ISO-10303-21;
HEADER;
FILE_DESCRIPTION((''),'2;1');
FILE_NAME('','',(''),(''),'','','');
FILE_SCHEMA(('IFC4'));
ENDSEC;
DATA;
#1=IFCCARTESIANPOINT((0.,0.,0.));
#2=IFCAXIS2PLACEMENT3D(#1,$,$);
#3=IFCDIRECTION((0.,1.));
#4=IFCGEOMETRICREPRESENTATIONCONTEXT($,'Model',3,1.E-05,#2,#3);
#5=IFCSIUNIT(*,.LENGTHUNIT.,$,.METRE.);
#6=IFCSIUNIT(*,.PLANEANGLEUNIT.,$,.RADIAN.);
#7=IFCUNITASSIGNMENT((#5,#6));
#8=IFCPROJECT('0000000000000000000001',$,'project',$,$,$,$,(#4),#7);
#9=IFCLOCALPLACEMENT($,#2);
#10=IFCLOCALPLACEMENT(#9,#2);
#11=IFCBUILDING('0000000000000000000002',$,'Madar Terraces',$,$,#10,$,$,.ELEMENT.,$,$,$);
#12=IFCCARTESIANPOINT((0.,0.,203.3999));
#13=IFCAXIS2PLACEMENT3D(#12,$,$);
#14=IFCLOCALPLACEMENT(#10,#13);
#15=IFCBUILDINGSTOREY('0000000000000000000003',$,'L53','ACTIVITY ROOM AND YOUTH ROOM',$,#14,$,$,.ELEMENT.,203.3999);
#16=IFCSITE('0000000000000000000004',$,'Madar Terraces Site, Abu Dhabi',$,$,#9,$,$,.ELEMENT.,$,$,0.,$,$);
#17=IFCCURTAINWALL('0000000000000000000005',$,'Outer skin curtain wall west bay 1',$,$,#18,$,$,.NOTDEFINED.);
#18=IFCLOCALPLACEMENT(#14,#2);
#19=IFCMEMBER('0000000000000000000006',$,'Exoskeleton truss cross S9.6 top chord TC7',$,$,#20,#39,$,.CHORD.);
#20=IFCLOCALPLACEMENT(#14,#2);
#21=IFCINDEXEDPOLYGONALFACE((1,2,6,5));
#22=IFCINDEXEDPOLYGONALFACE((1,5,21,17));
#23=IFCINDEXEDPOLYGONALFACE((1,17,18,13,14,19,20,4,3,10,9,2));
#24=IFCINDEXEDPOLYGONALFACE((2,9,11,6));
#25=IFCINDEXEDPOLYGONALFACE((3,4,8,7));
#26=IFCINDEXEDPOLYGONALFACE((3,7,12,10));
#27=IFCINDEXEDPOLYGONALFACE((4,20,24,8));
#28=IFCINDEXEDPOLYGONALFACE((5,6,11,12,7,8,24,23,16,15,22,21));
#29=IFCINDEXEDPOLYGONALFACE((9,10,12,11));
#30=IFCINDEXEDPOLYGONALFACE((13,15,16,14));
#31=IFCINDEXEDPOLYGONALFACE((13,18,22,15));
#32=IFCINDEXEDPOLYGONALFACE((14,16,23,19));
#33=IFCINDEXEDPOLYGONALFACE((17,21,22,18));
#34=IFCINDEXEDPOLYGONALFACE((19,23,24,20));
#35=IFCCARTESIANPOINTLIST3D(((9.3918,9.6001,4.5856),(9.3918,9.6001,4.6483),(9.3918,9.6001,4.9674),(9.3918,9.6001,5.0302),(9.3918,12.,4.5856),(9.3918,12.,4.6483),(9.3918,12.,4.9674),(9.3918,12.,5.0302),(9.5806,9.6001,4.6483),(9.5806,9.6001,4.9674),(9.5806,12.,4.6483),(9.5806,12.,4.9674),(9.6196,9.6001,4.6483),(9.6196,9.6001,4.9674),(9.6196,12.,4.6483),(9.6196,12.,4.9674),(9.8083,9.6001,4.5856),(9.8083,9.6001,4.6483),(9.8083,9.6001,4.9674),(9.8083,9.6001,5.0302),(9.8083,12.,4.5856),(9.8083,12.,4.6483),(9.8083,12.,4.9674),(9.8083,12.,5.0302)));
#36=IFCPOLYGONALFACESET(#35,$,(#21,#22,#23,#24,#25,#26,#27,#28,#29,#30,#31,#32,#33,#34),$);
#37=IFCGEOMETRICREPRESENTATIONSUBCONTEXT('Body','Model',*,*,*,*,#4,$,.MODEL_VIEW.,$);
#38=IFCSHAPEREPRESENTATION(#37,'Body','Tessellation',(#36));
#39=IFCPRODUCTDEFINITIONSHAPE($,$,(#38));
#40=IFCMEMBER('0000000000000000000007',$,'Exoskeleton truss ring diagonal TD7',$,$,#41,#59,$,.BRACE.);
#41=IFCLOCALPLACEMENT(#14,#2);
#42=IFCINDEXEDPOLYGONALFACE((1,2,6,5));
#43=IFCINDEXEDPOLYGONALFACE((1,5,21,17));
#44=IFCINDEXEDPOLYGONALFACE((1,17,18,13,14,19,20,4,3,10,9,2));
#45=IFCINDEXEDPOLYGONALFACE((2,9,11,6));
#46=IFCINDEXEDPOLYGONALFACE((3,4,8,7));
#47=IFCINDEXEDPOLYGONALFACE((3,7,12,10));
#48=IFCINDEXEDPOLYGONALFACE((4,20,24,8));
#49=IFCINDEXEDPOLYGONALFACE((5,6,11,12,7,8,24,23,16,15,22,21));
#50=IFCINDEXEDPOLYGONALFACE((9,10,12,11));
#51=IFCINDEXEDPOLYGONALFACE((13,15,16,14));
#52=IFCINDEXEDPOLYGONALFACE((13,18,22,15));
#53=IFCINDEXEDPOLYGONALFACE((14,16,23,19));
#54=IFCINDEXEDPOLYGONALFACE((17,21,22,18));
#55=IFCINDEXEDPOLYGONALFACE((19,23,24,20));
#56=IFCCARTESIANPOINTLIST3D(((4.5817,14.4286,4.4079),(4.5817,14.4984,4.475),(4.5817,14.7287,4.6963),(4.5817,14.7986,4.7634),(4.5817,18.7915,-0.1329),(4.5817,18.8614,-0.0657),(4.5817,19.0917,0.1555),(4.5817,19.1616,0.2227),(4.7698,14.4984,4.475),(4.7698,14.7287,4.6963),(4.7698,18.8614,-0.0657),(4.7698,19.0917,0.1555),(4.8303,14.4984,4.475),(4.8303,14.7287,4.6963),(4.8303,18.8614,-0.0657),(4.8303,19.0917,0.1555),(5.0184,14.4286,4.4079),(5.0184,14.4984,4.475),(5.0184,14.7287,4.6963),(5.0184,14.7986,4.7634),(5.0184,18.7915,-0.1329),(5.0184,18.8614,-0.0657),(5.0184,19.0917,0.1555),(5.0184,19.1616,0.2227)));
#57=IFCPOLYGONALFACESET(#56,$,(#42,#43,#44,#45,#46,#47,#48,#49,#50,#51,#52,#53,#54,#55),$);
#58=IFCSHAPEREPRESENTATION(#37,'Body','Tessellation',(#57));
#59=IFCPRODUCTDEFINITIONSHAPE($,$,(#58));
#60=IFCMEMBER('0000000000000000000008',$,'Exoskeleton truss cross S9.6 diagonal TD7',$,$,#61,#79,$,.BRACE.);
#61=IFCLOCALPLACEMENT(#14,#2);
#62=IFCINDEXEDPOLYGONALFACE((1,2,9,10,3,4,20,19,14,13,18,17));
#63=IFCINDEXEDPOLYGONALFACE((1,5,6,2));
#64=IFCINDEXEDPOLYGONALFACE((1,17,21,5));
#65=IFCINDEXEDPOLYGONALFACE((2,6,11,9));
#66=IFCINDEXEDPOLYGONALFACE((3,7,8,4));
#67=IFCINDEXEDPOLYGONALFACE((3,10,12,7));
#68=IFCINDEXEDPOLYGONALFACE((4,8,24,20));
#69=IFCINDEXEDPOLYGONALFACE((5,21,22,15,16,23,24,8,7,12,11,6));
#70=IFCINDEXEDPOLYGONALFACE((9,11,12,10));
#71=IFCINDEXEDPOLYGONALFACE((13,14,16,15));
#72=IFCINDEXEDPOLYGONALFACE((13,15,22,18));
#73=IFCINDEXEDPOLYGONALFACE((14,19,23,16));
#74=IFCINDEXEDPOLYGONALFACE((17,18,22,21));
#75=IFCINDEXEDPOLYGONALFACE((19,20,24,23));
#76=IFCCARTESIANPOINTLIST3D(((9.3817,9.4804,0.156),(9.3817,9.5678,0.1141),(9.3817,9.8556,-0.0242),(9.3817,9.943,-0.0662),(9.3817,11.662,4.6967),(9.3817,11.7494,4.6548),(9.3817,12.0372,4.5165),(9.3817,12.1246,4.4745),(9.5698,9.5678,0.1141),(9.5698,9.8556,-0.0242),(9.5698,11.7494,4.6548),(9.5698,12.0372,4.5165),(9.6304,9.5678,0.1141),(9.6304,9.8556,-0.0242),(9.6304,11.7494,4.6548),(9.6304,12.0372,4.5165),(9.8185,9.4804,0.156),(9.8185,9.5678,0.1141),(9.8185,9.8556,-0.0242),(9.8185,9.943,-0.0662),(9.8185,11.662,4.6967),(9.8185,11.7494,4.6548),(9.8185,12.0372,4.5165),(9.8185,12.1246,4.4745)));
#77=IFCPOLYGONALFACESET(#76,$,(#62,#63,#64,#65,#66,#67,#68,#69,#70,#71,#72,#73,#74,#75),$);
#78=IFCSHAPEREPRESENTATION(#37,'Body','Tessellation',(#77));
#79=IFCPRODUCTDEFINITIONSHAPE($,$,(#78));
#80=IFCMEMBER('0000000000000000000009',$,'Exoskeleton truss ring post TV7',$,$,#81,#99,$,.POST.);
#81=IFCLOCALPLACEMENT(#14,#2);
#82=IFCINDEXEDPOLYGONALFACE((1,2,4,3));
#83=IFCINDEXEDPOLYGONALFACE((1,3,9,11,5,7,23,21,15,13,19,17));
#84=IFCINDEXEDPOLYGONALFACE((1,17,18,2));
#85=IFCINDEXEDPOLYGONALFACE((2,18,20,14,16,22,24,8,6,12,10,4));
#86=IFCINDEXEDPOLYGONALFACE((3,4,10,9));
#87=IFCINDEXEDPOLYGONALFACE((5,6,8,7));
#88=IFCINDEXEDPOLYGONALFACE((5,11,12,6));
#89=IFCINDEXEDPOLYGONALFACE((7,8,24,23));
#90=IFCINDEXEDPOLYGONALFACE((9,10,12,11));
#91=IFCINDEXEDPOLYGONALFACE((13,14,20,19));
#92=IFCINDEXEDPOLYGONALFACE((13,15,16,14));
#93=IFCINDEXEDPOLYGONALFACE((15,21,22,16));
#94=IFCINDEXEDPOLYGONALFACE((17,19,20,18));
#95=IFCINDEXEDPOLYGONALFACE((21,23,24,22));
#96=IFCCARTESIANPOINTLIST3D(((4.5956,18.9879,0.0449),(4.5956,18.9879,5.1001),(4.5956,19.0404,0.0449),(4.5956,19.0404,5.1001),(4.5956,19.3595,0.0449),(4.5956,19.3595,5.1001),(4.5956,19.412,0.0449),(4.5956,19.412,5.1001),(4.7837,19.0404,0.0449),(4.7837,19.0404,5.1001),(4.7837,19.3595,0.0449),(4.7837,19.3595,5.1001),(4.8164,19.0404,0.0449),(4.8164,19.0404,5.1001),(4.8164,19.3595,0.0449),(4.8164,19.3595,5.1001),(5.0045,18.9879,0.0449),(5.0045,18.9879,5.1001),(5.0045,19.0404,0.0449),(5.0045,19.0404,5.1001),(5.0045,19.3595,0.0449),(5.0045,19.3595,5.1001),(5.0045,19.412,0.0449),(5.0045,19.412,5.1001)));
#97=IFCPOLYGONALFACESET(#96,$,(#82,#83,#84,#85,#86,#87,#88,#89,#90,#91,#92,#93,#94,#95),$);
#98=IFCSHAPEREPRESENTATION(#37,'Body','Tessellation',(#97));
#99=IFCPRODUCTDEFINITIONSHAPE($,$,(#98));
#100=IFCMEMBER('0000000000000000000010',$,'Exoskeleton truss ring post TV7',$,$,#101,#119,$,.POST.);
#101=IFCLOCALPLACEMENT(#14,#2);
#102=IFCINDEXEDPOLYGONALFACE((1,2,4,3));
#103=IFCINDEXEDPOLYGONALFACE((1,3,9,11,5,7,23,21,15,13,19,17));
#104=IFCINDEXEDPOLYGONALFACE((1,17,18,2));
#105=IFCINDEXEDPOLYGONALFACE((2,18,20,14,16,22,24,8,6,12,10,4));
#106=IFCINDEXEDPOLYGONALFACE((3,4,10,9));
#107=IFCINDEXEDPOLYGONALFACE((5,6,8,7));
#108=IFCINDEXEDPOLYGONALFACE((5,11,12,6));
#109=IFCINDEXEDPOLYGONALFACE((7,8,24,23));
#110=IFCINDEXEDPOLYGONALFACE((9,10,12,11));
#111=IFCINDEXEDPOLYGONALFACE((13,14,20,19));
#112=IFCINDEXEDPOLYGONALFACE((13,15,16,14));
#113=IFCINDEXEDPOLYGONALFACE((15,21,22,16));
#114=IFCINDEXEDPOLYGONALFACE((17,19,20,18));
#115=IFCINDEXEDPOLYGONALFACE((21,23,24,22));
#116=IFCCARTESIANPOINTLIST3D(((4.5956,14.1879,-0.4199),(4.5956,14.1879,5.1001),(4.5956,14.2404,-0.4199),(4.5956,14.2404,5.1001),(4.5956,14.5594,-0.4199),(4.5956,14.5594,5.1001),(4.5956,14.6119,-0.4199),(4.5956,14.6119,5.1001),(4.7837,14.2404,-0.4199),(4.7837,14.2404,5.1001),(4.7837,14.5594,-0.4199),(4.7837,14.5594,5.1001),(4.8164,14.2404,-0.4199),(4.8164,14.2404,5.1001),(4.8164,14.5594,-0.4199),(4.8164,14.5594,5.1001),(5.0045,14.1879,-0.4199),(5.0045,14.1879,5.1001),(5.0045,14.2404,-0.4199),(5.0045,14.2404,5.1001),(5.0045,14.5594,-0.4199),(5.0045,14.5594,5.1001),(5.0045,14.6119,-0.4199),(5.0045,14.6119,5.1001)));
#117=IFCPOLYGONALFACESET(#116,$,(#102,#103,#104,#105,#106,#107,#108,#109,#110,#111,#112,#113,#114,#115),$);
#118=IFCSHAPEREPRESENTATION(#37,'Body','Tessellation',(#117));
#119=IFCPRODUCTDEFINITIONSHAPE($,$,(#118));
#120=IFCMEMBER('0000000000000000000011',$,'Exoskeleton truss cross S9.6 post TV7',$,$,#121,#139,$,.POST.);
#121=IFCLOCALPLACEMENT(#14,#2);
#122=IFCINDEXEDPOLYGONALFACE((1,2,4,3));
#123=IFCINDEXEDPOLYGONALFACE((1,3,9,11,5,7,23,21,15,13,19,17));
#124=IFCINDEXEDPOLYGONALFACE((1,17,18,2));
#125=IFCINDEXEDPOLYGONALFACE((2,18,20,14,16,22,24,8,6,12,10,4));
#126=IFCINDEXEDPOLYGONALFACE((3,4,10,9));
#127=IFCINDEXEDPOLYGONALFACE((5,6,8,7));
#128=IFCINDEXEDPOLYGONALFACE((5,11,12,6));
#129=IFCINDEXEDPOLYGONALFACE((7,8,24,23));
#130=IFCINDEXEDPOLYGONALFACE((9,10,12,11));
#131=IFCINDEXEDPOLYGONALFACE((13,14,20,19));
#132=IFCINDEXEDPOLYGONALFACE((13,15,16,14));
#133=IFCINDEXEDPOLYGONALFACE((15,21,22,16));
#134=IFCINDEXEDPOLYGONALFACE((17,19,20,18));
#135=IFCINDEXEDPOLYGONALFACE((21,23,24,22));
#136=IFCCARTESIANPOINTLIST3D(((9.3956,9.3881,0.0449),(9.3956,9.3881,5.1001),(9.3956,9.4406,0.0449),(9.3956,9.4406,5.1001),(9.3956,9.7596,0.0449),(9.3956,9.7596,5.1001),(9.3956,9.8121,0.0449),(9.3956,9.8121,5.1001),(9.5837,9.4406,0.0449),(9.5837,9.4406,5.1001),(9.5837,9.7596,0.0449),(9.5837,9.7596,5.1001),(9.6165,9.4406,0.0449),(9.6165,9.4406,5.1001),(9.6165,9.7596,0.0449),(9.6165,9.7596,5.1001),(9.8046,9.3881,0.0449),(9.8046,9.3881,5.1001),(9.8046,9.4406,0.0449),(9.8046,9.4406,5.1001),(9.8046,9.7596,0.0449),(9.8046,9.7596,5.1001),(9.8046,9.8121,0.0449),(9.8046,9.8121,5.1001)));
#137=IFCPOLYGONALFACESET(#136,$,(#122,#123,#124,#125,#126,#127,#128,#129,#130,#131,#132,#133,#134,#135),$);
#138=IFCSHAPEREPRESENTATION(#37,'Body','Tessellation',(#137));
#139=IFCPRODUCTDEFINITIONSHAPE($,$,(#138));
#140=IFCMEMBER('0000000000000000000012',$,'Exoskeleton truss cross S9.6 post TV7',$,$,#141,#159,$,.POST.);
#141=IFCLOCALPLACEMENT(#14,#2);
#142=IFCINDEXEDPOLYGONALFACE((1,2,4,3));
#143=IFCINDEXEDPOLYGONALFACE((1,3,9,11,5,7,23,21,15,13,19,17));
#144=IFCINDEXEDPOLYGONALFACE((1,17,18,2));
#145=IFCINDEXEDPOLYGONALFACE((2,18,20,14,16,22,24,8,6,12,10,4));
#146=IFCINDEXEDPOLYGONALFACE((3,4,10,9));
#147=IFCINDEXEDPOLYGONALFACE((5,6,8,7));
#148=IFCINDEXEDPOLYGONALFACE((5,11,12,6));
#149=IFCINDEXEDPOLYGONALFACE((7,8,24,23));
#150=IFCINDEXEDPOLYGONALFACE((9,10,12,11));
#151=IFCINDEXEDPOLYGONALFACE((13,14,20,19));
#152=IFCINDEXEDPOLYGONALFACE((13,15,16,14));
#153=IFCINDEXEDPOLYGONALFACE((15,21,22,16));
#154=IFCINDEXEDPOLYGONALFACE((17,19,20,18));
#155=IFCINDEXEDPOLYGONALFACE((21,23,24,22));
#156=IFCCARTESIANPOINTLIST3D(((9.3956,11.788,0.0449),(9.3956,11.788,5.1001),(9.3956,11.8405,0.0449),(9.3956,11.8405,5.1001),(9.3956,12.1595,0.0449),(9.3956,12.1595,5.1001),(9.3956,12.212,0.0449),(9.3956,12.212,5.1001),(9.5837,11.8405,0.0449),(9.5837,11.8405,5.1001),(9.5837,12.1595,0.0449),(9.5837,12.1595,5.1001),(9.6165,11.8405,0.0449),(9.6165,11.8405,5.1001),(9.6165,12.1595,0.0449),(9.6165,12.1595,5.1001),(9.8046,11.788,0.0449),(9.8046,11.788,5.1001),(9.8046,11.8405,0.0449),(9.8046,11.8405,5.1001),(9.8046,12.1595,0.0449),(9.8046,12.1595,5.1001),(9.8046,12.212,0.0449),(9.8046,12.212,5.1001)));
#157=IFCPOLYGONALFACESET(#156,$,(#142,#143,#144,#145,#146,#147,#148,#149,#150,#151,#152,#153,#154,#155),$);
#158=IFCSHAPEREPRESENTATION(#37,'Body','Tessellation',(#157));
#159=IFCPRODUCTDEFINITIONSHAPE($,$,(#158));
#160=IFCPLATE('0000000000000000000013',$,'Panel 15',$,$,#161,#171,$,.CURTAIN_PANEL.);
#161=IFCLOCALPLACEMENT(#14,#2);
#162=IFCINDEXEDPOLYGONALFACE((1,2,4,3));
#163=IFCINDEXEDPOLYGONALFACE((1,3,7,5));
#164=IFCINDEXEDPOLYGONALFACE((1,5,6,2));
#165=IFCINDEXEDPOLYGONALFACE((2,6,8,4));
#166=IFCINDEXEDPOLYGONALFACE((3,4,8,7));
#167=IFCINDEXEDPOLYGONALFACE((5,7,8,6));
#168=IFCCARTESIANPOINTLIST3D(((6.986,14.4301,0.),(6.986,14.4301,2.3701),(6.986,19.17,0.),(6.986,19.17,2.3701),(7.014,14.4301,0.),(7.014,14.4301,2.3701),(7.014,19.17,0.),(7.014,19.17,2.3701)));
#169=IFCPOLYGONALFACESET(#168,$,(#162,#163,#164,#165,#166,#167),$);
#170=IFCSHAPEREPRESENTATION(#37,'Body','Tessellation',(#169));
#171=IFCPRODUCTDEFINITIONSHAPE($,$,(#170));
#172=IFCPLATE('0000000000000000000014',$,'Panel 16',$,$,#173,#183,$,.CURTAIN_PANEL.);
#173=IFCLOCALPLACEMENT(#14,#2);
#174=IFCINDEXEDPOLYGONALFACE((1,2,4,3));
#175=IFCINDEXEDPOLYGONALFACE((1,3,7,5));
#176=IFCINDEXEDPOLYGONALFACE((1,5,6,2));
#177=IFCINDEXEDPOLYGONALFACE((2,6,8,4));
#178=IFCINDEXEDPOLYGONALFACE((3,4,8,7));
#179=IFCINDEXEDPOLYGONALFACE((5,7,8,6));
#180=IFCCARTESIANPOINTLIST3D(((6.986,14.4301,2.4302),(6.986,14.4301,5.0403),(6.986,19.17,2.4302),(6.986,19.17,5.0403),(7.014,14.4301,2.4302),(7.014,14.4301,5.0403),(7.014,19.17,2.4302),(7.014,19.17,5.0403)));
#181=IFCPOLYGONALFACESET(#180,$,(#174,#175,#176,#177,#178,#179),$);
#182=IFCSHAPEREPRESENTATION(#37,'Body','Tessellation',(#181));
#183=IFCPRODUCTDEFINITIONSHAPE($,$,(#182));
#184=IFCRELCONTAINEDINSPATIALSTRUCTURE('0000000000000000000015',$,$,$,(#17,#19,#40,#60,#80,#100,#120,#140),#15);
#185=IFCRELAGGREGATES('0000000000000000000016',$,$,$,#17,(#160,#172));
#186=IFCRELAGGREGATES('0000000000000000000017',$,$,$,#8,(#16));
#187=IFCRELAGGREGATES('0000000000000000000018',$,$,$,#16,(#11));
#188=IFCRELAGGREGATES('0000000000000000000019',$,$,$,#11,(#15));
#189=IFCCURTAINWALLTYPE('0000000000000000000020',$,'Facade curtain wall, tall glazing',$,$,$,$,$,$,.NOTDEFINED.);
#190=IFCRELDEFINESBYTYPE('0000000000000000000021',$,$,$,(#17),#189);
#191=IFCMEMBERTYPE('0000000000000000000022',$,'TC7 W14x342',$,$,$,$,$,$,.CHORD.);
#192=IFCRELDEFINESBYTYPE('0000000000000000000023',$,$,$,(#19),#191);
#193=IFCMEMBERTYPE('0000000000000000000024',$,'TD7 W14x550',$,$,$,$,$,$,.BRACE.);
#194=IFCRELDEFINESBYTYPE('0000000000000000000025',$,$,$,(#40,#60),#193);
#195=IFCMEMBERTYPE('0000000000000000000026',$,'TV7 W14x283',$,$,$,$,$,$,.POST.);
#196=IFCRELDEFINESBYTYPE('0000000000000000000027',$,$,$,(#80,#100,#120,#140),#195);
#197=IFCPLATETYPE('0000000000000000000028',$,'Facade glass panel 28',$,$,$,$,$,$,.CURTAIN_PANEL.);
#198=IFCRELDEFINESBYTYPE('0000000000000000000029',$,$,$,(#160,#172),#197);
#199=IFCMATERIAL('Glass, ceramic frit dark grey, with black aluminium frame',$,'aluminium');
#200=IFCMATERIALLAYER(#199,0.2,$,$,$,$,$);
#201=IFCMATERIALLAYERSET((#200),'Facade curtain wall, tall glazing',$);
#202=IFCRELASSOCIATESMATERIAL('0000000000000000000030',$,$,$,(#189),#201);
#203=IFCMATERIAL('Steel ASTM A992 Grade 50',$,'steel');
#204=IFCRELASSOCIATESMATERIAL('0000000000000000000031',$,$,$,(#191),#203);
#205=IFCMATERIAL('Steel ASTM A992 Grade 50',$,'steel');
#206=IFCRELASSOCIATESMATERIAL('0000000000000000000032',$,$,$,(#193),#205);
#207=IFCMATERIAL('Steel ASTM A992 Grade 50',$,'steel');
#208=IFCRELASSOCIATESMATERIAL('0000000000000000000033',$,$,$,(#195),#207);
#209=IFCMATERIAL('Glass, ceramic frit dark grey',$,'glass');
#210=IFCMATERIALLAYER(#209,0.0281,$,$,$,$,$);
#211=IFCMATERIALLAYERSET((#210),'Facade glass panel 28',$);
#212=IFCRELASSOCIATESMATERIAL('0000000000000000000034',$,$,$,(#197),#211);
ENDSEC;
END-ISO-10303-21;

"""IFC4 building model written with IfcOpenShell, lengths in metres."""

from ifc_helpers import new_model, si_unit, direction, frame, origin, origin_2d, place, context, subcontext, project, spatial, rectangle, i_section, extrude, material, layer, layer_set, material_profile, profile_set, type_object, element, aggregate, save


model = new_model("IFC4")

# Units and contexts
model_context = context("Model", 3, precision=1e-05, world=origin(), true_north=direction((0.0, 1.0)))
body_context = subcontext(model_context, "Body", "Model", "MODEL_VIEW")
ifc_project = project(units=[si_unit("LENGTHUNIT", "METRE"), si_unit("PLANEANGLEUNIT", "RADIAN")], contexts=[model_context])

# Site, building, storey
site_placement = place(None, origin())
site = spatial("IfcSite", under=ifc_project, at=site_placement, Name="Madar Terraces Site, Abu Dhabi", CompositionType="ELEMENT", RefElevation=0.0)
building_placement = place(site_placement, origin())
building = spatial("IfcBuilding", under=site, at=building_placement, Name="Madar Terraces", CompositionType="ELEMENT")
storey_placement = place(building_placement, frame((0.0, 0.0, 203.3999)))
storey = spatial("IfcBuildingStorey", under=building, at=storey_placement, Name="L53", Description="ACTIVITY ROOM AND YOUTH ROOM", CompositionType="ELEMENT", Elevation=203.3999)

# Curtain wall
ifc_material_1 = material(Name="Glass, ceramic frit dark grey, with black aluminium frame", Category="aluminium")
ifc_layer_1 = layer(ifc_material_1, 0.2)
ifc_layer_set_1 = layer_set([ifc_layer_1], Name="Facade curtain wall, tall glazing")
curtain_wall_type = type_object("IfcCurtainWallType", Name="Facade curtain wall, tall glazing", PredefinedType="NOTDEFINED", material=ifc_layer_set_1)
curtain_wall_1_placement = place(storey_placement, origin())
curtain_wall_1 = element("IfcCurtainWall", 1, at=curtain_wall_1_placement, inside=storey, type_object=curtain_wall_type, Name="Outer skin curtain wall west bay 1", PredefinedType="NOTDEFINED")

# Members
ifc_material_2 = material(Name="Steel ASTM A992 Grade 50", Category="steel")
ifc_material_profile_1 = material_profile(ifc_material_2, i_section(OverallWidth=0.4165, OverallDepth=0.4446, WebThickness=0.0391, FlangeThickness=0.0627, at=origin_2d()), Name="W14x342")
ifc_profile_set_1 = profile_set([ifc_material_profile_1], Name="Steel ASTM A992 Grade 50")
member_type_1 = type_object("IfcMemberType", Name="TC7 W14x342", PredefinedType="CHORD", material=ifc_profile_set_1)
member_1_placement = place(storey_placement, frame((9.6001, 9.6001, 4.8079), z_axis=(0.0, 1.0, 0.0), x_axis=(-1.0, 0.0, 0.0)))
element("IfcMember", 2, at=member_1_placement, inside=storey, type_object=member_type_1, Name="Exoskeleton truss cross S9.6 top chord TC7", PredefinedType="CHORD", context=body_context, shape_type="SweptSolid", body=[
    extrude(i_section(OverallWidth=0.4165, OverallDepth=0.4446, WebThickness=0.0391, FlangeThickness=0.0627, at=origin_2d()), origin(), (0.0, 0.0, 1.0), 2.3999),
])
ifc_material_3 = material(Name="Steel ASTM A992 Grade 50", Category="steel")
ifc_material_profile_2 = material_profile(ifc_material_3, i_section(OverallWidth=0.4368, OverallDepth=0.5132, WebThickness=0.0605, FlangeThickness=0.0969, at=origin_2d()), Name="W14x550")
ifc_profile_set_2 = profile_set([ifc_material_profile_2], Name="Steel ASTM A992 Grade 50")
member_type_2 = type_object("IfcMemberType", Name="TD7 W14x550", PredefinedType="BRACE", material=ifc_profile_set_2)
member_2_placement = place(storey_placement, frame((4.8, 18.9766, 0.0449), z_axis=(0.0, -0.692854, 0.721078), x_axis=(1.0, 0.0, 0.0)))
element("IfcMember", 3, at=member_2_placement, inside=storey, type_object=member_type_2, Name="Exoskeleton truss ring diagonal TD7", PredefinedType="BRACE", context=body_context, shape_type="SweptSolid", body=[
    extrude(i_section(OverallWidth=0.4368, OverallDepth=0.5132, WebThickness=0.0605, FlangeThickness=0.0969, at=origin_2d()), origin(), (0.0, 0.0, 1.0), 6.2971),
])
member_3_placement = place(storey_placement, frame((9.6001, 9.7117, 0.0449), z_axis=(0.0, 0.433065, 0.901363), x_axis=(-1.0, 0.0, 0.0)))
element("IfcMember", 4, at=member_3_placement, inside=storey, type_object=member_type_2, Name="Exoskeleton truss cross S9.6 diagonal TD7", PredefinedType="BRACE", context=body_context, shape_type="SweptSolid", body=[
    extrude(i_section(OverallWidth=0.4368, OverallDepth=0.5132, WebThickness=0.0605, FlangeThickness=0.0969, at=origin_2d()), origin(), (0.0, 0.0, 1.0), 5.0376),
])
ifc_material_4 = material(Name="Steel ASTM A992 Grade 50", Category="steel")
ifc_material_profile_3 = material_profile(ifc_material_4, i_section(OverallWidth=0.4089, OverallDepth=0.4241, WebThickness=0.0327, FlangeThickness=0.0525, at=origin_2d()), Name="W14x283")
ifc_profile_set_3 = profile_set([ifc_material_profile_3], Name="Steel ASTM A992 Grade 50")
member_type_3 = type_object("IfcMemberType", Name="TV7 W14x283", PredefinedType="POST", material=ifc_profile_set_3)
member_4_placement = place(storey_placement, frame((4.8, 19.2, 0.0449), z_axis=(0.0, 0.0, 1.0), x_axis=(1.0, 0.0, 0.0)))
element("IfcMember", 5, at=member_4_placement, inside=storey, type_object=member_type_3, Name="Exoskeleton truss ring post TV7", PredefinedType="POST", context=body_context, shape_type="SweptSolid", body=[
    extrude(i_section(OverallWidth=0.4089, OverallDepth=0.4241, WebThickness=0.0327, FlangeThickness=0.0525, at=origin_2d()), origin(), (0.0, 0.0, 1.0), 5.0552),
])
member_5_placement = place(storey_placement, frame((4.8, 14.3999, -0.4199), z_axis=(0.0, 0.0, 1.0), x_axis=(1.0, 0.0, 0.0)))
element("IfcMember", 6, at=member_5_placement, inside=storey, type_object=member_type_3, Name="Exoskeleton truss ring post TV7", PredefinedType="POST", context=body_context, shape_type="SweptSolid", body=[
    extrude(i_section(OverallWidth=0.4089, OverallDepth=0.4241, WebThickness=0.0327, FlangeThickness=0.0525, at=origin_2d()), origin(), (0.0, 0.0, 1.0), 5.52),
])
for number, where, z_axis, x_axis, name in (
    (7, (9.6001, 9.6001, 0.0449), (0.0, 0.0, 1.0), (-1.0, 0.0, 0.0), "Exoskeleton truss cross S9.6 post TV7"),
    (8, (9.6001, 12.0, 0.0449), (0.0, 0.0, 1.0), (-1.0, 0.0, 0.0), "Exoskeleton truss cross S9.6 post TV7"),
):
    element("IfcMember", number, at=place(storey_placement, frame(where, z_axis=z_axis, x_axis=x_axis)), inside=storey, type_object=member_type_3, Name=name, PredefinedType="POST", context=body_context, shape_type="SweptSolid", body=[
        extrude(i_section(OverallWidth=0.4089, OverallDepth=0.4241, WebThickness=0.0327, FlangeThickness=0.0525, at=origin_2d()), origin(), (0.0, 0.0, 1.0), 5.0552),
    ])

# Plates
ifc_material_5 = material(Name="Glass, ceramic frit dark grey", Category="glass")
ifc_layer_2 = layer(ifc_material_5, 0.0281)
ifc_layer_set_2 = layer_set([ifc_layer_2], Name="Facade glass panel 28")
plate_type = type_object("IfcPlateType", Name="Facade glass panel 28", PredefinedType="CURTAIN_PANEL", material=ifc_layer_set_2)
plate_1_placement = place(storey_placement, frame((7.0, 16.8, 0.0), z_axis=(0.0, 0.0, 1.0), x_axis=(0.0, -1.0, 0.0)))
plate_1 = element("IfcPlate", 9, at=plate_1_placement, type_object=plate_type, Name="Panel 15", PredefinedType="CURTAIN_PANEL", context=body_context, shape_type="SweptSolid", body=[
    extrude(rectangle(XDim=4.74, YDim=0.0281, at=origin_2d()), origin(), (0.0, 0.0, 1.0), 2.3701),
])
plate_2_placement = place(storey_placement, frame((7.0, 16.8, 2.4302), z_axis=(0.0, 0.0, 1.0), x_axis=(0.0, -1.0, 0.0)))
plate_2 = element("IfcPlate", 10, at=plate_2_placement, type_object=plate_type, Name="Panel 16", PredefinedType="CURTAIN_PANEL", context=body_context, shape_type="SweptSolid", body=[
    extrude(rectangle(XDim=4.74, YDim=0.0281, at=origin_2d()), origin(), (0.0, 0.0, 1.0), 2.6101),
])
aggregate(curtain_wall_1, [plate_1, plate_2])

save(model, "model.ifc")
